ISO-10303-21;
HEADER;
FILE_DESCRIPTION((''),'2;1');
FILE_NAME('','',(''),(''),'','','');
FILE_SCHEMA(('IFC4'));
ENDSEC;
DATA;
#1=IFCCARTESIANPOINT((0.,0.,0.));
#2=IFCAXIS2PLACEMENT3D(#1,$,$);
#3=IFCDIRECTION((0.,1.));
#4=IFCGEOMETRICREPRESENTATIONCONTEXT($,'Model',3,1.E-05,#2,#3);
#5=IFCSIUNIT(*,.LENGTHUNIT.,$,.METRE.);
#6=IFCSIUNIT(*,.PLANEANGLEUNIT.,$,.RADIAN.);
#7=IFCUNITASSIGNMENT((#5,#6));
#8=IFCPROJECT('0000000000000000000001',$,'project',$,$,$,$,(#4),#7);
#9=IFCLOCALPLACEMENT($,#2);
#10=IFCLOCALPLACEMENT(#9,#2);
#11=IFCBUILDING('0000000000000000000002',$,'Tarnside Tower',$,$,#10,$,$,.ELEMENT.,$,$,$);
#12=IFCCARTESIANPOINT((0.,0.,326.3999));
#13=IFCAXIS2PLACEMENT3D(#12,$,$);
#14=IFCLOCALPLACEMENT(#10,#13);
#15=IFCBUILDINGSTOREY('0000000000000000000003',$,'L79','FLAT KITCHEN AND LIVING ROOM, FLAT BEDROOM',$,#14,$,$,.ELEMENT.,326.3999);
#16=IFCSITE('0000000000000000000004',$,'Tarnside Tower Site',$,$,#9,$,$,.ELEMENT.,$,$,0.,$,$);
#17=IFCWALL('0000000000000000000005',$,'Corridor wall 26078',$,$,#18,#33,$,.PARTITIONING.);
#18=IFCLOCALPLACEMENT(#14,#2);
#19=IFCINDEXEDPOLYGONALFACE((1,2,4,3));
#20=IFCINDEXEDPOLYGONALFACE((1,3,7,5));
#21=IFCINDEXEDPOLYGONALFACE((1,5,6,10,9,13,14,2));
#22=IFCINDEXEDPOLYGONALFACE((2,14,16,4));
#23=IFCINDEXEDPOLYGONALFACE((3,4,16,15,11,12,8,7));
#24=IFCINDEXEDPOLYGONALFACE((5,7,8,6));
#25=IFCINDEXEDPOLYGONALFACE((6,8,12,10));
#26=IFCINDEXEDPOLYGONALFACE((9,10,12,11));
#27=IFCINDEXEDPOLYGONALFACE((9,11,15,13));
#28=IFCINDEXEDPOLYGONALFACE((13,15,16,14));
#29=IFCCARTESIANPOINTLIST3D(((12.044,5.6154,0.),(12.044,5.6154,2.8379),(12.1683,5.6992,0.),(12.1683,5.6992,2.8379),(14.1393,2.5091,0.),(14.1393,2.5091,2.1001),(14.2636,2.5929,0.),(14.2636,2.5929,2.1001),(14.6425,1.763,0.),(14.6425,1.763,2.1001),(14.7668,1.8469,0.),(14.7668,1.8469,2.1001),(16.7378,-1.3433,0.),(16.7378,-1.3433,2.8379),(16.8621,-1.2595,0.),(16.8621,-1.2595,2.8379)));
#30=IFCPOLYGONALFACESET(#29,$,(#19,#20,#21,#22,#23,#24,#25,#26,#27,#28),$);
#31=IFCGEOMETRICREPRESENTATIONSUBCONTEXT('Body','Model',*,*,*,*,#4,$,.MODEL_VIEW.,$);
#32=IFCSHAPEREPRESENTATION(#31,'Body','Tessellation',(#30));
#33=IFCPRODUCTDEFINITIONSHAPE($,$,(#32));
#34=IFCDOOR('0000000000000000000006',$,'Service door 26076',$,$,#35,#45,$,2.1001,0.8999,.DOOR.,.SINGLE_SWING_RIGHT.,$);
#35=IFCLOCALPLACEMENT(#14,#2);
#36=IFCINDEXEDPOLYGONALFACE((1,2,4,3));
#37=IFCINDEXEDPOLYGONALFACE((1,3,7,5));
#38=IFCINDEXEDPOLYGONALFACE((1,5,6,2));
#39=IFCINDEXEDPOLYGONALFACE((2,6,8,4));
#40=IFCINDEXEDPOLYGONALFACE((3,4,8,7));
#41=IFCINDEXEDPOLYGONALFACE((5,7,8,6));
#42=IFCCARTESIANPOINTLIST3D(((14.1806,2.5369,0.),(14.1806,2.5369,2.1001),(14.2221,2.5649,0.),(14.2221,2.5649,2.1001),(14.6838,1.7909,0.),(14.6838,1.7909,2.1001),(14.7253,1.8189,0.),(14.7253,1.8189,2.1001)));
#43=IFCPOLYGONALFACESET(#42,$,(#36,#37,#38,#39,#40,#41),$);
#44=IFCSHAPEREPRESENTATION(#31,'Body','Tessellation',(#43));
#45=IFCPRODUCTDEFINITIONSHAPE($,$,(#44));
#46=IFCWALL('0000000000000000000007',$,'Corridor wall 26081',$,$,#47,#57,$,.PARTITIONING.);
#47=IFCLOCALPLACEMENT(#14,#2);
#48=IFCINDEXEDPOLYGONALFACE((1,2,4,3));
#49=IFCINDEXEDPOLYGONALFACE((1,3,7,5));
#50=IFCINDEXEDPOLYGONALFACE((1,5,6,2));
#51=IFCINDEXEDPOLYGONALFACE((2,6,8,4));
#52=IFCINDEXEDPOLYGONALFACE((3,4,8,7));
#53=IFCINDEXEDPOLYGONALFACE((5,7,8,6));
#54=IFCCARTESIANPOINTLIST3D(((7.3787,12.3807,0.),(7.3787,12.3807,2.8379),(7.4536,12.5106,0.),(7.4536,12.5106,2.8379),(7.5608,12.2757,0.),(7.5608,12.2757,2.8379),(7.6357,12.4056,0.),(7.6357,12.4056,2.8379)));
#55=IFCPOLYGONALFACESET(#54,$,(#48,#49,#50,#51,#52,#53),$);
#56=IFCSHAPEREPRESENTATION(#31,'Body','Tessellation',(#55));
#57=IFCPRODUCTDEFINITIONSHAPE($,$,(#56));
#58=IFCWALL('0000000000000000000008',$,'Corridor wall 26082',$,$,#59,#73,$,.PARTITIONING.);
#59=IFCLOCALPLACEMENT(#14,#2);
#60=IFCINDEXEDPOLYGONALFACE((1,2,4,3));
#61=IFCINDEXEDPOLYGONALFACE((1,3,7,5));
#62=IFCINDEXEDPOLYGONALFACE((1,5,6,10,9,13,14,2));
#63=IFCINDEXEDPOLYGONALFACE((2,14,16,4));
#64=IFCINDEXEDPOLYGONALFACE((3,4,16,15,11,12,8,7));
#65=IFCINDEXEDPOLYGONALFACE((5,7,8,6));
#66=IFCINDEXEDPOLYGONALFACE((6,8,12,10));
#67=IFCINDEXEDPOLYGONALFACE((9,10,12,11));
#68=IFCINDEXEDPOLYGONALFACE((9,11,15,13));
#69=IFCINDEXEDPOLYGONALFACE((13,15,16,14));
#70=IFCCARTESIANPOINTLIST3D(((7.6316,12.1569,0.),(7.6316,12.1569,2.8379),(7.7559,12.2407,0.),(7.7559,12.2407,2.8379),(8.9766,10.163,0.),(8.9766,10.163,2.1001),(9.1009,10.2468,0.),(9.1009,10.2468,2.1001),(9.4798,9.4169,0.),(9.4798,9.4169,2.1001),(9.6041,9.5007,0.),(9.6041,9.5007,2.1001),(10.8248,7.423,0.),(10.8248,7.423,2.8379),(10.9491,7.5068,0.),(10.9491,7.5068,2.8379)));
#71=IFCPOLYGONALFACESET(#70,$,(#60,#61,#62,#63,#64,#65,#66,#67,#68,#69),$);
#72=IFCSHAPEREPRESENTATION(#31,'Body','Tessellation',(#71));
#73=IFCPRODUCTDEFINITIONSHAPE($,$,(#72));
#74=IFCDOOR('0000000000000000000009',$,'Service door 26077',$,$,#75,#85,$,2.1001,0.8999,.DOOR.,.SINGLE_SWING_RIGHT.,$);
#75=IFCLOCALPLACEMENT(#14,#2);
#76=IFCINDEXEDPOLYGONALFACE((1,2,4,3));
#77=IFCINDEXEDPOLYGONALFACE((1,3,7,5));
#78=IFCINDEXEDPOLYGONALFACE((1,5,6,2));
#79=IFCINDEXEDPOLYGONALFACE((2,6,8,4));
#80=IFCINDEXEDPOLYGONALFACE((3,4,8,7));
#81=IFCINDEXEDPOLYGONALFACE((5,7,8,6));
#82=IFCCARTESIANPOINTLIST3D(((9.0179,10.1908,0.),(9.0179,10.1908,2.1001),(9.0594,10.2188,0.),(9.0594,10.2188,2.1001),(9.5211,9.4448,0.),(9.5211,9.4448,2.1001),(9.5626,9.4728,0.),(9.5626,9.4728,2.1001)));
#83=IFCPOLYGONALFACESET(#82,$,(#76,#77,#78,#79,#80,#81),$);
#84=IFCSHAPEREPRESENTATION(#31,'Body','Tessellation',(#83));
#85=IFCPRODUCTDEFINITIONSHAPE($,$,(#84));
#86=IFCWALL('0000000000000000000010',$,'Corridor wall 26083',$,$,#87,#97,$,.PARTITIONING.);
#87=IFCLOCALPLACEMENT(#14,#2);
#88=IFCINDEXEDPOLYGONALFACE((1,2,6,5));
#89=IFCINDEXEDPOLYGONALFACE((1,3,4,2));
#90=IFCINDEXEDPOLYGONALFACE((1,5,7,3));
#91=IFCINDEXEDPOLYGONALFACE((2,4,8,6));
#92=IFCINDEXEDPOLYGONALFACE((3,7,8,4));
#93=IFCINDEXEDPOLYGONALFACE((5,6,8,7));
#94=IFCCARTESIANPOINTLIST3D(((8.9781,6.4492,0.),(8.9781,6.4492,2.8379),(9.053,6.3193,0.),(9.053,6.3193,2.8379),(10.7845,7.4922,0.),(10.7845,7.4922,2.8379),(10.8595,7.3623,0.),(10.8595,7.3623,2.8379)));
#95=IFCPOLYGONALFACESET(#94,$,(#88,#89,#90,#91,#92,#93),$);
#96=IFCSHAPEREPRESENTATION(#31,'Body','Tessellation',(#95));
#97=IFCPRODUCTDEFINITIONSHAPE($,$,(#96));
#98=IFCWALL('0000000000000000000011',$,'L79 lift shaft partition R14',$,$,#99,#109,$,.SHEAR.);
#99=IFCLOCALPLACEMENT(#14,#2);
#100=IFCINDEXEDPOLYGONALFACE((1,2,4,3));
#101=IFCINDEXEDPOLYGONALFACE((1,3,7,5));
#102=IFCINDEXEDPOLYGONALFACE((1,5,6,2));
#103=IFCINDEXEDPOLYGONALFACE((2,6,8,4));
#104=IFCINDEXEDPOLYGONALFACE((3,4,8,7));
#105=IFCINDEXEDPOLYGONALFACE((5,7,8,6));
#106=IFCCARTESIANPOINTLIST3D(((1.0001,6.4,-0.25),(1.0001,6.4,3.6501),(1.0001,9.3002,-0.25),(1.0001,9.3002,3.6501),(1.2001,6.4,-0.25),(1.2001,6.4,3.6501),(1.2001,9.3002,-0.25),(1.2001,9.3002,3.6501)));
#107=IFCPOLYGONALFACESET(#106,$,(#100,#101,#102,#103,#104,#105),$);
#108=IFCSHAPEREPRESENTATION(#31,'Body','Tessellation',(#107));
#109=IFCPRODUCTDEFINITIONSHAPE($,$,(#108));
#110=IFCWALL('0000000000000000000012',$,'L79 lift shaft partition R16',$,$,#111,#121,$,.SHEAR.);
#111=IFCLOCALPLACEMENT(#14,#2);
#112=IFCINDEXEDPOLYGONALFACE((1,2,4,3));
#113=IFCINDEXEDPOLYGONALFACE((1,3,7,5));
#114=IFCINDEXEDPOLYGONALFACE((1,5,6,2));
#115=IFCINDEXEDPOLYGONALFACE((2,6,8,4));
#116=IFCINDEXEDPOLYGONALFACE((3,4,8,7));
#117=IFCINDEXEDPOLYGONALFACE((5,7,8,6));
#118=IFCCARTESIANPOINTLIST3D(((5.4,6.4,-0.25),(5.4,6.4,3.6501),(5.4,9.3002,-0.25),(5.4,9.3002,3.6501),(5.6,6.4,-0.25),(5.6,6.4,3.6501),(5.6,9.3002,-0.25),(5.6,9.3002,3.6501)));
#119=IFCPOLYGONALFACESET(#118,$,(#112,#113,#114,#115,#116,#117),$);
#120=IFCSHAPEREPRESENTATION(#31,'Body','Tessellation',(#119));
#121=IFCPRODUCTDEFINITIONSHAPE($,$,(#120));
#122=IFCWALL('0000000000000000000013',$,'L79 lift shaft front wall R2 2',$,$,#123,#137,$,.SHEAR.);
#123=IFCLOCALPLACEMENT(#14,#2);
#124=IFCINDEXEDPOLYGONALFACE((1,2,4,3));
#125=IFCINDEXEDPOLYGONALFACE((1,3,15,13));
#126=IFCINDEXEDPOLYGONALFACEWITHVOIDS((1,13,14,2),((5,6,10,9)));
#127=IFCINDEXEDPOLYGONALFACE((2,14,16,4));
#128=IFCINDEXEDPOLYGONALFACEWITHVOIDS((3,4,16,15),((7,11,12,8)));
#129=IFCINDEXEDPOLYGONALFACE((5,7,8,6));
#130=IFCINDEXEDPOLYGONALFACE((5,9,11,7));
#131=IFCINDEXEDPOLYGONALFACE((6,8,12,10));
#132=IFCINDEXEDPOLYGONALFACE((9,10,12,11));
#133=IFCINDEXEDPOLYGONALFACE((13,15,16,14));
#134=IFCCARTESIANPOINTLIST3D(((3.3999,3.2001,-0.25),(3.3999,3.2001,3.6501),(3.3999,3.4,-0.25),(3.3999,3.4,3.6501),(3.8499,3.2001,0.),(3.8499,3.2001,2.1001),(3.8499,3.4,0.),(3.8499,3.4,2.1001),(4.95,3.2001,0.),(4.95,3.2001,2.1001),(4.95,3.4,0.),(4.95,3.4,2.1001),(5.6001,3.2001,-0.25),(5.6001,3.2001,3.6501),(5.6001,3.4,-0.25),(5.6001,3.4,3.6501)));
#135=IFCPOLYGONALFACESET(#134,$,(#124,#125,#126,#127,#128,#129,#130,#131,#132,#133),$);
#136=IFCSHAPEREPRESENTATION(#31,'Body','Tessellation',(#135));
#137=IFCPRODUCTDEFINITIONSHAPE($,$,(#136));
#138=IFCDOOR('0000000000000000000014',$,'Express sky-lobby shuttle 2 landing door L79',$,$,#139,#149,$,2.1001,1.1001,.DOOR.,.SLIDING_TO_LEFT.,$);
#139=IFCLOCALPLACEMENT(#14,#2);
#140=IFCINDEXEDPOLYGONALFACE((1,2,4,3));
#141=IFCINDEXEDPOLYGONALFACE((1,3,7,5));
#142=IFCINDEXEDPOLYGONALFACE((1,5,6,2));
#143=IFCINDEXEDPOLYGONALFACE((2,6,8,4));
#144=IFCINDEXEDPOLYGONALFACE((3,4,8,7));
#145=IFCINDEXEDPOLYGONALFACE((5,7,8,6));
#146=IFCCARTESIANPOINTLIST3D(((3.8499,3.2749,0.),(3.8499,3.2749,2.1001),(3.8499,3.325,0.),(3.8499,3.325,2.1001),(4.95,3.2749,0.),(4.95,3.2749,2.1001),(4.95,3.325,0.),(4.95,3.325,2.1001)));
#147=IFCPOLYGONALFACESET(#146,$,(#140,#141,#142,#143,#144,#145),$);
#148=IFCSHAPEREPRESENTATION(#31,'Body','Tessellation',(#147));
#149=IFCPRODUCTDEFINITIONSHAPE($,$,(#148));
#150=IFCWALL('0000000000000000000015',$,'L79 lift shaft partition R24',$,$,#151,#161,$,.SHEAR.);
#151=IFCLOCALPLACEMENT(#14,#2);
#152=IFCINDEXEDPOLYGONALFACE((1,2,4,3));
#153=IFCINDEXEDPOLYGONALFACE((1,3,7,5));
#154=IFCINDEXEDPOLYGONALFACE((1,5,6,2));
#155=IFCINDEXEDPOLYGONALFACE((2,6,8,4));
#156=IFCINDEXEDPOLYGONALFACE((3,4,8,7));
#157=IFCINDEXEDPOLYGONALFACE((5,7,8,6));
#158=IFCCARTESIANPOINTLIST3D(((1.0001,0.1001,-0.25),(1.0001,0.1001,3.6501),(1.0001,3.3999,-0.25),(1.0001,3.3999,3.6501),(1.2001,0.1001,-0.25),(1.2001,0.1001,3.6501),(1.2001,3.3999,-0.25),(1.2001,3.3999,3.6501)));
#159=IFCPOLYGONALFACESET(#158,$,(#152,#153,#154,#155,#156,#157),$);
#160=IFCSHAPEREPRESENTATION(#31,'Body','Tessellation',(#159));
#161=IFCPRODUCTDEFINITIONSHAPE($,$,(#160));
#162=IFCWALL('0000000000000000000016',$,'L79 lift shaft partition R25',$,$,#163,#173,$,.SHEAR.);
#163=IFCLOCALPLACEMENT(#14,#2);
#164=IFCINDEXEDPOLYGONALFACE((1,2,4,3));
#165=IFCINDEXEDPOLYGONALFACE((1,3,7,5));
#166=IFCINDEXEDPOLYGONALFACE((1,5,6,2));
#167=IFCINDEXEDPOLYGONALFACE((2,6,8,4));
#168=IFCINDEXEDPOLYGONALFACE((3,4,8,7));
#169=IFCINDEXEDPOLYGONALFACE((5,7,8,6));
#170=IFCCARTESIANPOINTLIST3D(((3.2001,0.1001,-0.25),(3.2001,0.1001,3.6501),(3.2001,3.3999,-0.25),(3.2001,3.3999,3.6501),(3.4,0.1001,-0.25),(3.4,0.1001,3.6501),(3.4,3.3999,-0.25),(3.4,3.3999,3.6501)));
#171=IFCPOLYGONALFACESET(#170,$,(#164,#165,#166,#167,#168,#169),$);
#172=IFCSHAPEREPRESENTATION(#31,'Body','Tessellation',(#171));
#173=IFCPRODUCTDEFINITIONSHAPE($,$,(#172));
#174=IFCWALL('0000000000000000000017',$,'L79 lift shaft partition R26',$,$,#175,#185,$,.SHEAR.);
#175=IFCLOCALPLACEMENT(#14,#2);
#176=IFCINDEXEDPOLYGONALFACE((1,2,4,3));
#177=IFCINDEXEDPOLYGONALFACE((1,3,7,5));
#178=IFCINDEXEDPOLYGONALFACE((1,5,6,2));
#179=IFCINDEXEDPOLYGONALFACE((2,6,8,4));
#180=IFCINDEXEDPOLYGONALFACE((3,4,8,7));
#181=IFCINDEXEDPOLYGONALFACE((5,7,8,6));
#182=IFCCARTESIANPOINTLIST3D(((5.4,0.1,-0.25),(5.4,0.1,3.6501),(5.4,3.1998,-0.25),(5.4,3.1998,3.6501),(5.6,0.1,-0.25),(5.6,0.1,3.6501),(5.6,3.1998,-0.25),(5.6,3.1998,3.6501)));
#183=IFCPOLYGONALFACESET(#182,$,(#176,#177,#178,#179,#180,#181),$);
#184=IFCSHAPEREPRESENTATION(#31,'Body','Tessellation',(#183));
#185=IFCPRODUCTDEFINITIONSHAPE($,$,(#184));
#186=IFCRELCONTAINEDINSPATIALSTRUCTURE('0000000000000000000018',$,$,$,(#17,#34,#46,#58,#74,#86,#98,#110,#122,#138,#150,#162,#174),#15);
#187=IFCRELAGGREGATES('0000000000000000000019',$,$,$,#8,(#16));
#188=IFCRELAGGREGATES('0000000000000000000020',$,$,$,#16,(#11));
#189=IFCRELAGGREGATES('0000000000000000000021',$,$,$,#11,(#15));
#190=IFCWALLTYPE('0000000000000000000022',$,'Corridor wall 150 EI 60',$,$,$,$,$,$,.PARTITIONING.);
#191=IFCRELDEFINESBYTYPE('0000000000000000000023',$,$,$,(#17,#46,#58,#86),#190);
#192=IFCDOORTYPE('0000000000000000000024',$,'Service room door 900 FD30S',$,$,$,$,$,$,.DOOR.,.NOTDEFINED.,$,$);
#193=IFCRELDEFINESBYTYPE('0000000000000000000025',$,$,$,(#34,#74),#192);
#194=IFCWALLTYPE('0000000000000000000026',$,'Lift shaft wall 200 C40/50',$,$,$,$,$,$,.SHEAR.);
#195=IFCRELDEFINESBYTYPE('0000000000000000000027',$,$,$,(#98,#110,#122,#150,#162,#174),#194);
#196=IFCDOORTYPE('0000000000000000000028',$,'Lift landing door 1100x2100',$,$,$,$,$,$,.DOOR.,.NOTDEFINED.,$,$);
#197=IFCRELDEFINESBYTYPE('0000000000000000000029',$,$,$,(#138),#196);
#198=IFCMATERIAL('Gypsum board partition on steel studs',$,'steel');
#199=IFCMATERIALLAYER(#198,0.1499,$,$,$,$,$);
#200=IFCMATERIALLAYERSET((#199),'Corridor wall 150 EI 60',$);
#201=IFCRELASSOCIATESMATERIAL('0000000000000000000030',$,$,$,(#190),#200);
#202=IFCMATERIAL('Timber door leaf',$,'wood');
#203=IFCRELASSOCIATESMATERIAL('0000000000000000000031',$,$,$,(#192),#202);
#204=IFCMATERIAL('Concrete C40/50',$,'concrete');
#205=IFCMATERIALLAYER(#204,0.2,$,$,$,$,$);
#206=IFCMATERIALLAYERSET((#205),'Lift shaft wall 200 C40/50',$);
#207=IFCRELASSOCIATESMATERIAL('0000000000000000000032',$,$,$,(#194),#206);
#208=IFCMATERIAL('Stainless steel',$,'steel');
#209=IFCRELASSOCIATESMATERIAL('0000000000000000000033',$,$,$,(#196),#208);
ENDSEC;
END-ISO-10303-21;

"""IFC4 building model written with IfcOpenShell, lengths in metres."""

from ifc_helpers import new_model, si_unit, direction, frame, frame_2d, origin, place, context, subcontext, project, spatial, rectangle, extrude, material, layer, layer_set, type_object, element, fill, save


model = new_model("IFC4")

# Units and contexts
model_context = context("Model", 3, precision=1e-05, world=origin(), true_north=direction((0.0, 1.0)))
body_context = subcontext(model_context, "Body", "Model", "MODEL_VIEW")
ifc_project = project(units=[si_unit("LENGTHUNIT", "METRE"), si_unit("PLANEANGLEUNIT", "RADIAN")], contexts=[model_context])

# Site, building, storey
site_placement = place(None, origin())
site = spatial("IfcSite", under=ifc_project, at=site_placement, Name="Tarnside Tower Site", CompositionType="ELEMENT", RefElevation=0.0)
building_placement = place(site_placement, origin())
building = spatial("IfcBuilding", under=site, at=building_placement, Name="Tarnside Tower", CompositionType="ELEMENT")
storey_placement = place(building_placement, frame((0.0, 0.0, 326.3999)))
storey = spatial("IfcBuildingStorey", under=building, at=storey_placement, Name="L79", Description="FLAT KITCHEN AND LIVING ROOM, FLAT BEDROOM", CompositionType="ELEMENT", Elevation=326.3999)

# Shared definitions
ifc_material_1 = material(Name="Concrete C40/50", Category="concrete")

# Shared definitions
ifc_material_2 = material(Name="Gypsum board partition on steel studs", Category="steel")

# Shared definitions
ifc_layer_1 = layer(ifc_material_2, 0.1499)
ifc_layer_set_1 = layer_set([ifc_layer_1], Name="Corridor wall 150 EI 60")
wall_type_1 = type_object("IfcWallType", Name="Corridor wall 150 EI 60", PredefinedType="PARTITIONING", material=ifc_layer_set_1)

# Wall, opening, door
wall_1_placement = place(storey_placement, frame((12.1062, 5.6572, 0.0), z_axis=(0.0, 0.0, 1.0), x_axis=(0.559203, -0.829031, 0.0)))
wall_1 = element("IfcWall", 1, at=wall_1_placement, inside=storey, type_object=wall_type_1, Name="Corridor wall 26078", PredefinedType="PARTITIONING", context=body_context, shape_type="SweptSolid", body=[
    extrude(rectangle(XDim=8.3938, YDim=0.1499, at=frame_2d((4.1968, 0.0))), origin(), (0.0, 0.0, 1.0), 2.8379),
])
opening_1_placement = place(wall_1_placement, frame((3.7468, 0.0, 0.0)))
opening_1 = element("IfcOpeningElement", 2, at=opening_1_placement, cuts=wall_1, PredefinedType="OPENING", context=body_context, shape_type="SweptSolid", body=[
    extrude(rectangle(XDim=0.8999, YDim=2.1001, at=frame_2d((0.45, 1.05))), frame((0.0, 0.085, 0.0), z_axis=(0.0, -1.0, 0.0), x_axis=(1.0, 0.0, 0.0)), (0.0, 0.0, 1.0), 0.1699),
])
ifc_material_3 = material(Name="Timber door leaf", Category="wood")
door_type_1 = type_object("IfcDoorType", Name="Service room door 900 FD30S", OperationType="NOTDEFINED", PredefinedType="DOOR", material=ifc_material_3)
door_1_placement = place(opening_1_placement, origin())
door_1 = element("IfcDoor", 3, at=door_1_placement, inside=storey, type_object=door_type_1, Name="Service door 26076", OperationType="SINGLE_SWING_RIGHT", OverallHeight=2.1001, OverallWidth=0.8999, PredefinedType="DOOR", context=body_context, shape_type="SweptSolid", body=[
    extrude(rectangle(XDim=0.8999, YDim=2.1001, at=frame_2d((0.45, 1.05))), frame((0.0, 0.0249, 0.0), z_axis=(0.0, -1.0, 0.0), x_axis=(1.0, 0.0, 0.0)), (0.0, 0.0, 1.0), 0.05),
])
fill(opening_1, door_1)

# Wall
wall_2_placement = place(storey_placement, frame((7.4163, 12.4456, 0.0), z_axis=(0.0, 0.0, 1.0), x_axis=(0.866379, -0.499387, 0.0)))
element("IfcWall", 4, at=wall_2_placement, inside=storey, type_object=wall_type_1, Name="Corridor wall 26081", PredefinedType="PARTITIONING", context=body_context, shape_type="SweptSolid", body=[
    extrude(rectangle(XDim=0.2102, YDim=0.1499, at=frame_2d((0.105, 0.0))), origin(), (0.0, 0.0, 1.0), 2.8379),
])

# Wall, opening, door
wall_3_placement = place(storey_placement, frame((7.6938, 12.1987, 0.0), z_axis=(0.0, 0.0, 1.0), x_axis=(0.559201, -0.829032, 0.0)))
wall_3 = element("IfcWall", 5, at=wall_3_placement, inside=storey, type_object=wall_type_1, Name="Corridor wall 26082", PredefinedType="PARTITIONING", context=body_context, shape_type="SweptSolid", body=[
    extrude(rectangle(XDim=5.7102, YDim=0.1499, at=frame_2d((2.855, 0.0))), origin(), (0.0, 0.0, 1.0), 2.8379),
])
opening_2_placement = place(wall_3_placement, frame((2.405, 0.0, 0.0)))
opening_2 = element("IfcOpeningElement", 6, at=opening_2_placement, cuts=wall_3, PredefinedType="OPENING", context=body_context, shape_type="SweptSolid", body=[
    extrude(rectangle(XDim=0.8999, YDim=2.1001, at=frame_2d((0.45, 1.05))), frame((0.0, 0.085, 0.0), z_axis=(0.0, -1.0, 0.0), x_axis=(1.0, 0.0, 0.0)), (0.0, 0.0, 1.0), 0.1699),
])
door_2_placement = place(opening_2_placement, origin())
door_2 = element("IfcDoor", 7, at=door_2_placement, inside=storey, type_object=door_type_1, Name="Service door 26077", OperationType="SINGLE_SWING_RIGHT", OverallHeight=2.1001, OverallWidth=0.8999, PredefinedType="DOOR", context=body_context, shape_type="SweptSolid", body=[
    extrude(rectangle(XDim=0.8999, YDim=2.1001, at=frame_2d((0.45, 1.05))), frame((0.0, 0.0249, 0.0), z_axis=(0.0, -1.0, 0.0), x_axis=(1.0, 0.0, 0.0)), (0.0, 0.0, 1.0), 0.05),
])
fill(opening_2, door_2)

# Walls
wall_4_placement = place(storey_placement, frame((10.822, 7.4272, 0.0), z_axis=(0.0, 0.0, 1.0), x_axis=(-0.866016, -0.500016, 0.0)))
element("IfcWall", 8, at=wall_4_placement, inside=storey, type_object=wall_type_1, Name="Corridor wall 26083", PredefinedType="PARTITIONING", context=body_context, shape_type="SweptSolid", body=[
    extrude(rectangle(XDim=2.0859, YDim=0.1499, at=frame_2d((1.043, 0.0))), origin(), (0.0, 0.0, 1.0), 2.8379),
])
ifc_layer_2 = layer(ifc_material_1, 0.2)
ifc_layer_set_2 = layer_set([ifc_layer_2], Name="Lift shaft wall 200 C40/50")
wall_type_2 = type_object("IfcWallType", Name="Lift shaft wall 200 C40/50", PredefinedType="SHEAR", material=ifc_layer_set_2)
for number, where, z_axis, x_axis, name in (
    (9, (1.1001, 6.3999, -0.25), (0.0, 0.0, 1.0), (0.0, 1.0, 0.0), "L79 lift shaft partition R14"),
    (10, (5.5, 6.3999, -0.25), (0.0, 0.0, 1.0), (0.0, 1.0, 0.0), "L79 lift shaft partition R16"),
):
    element("IfcWall", number, at=place(storey_placement, frame(where, z_axis=z_axis, x_axis=x_axis)), inside=storey, type_object=wall_type_2, Name=name, PredefinedType="SHEAR", context=body_context, shape_type="SweptSolid", body=[
        extrude(rectangle(XDim=2.9001, YDim=0.2, at=frame_2d((1.4502, 0.0))), origin(), (0.0, 0.0, 1.0), 3.9001),
    ])

# Wall, opening, door
wall_5_placement = place(storey_placement, frame((3.3999, 3.3, -0.25), z_axis=(0.0, 0.0, 1.0), x_axis=(1.0, 0.0, 0.0)))
wall_5 = element("IfcWall", 11, at=wall_5_placement, inside=storey, type_object=wall_type_2, Name="L79 lift shaft front wall R2 2", PredefinedType="SHEAR", context=body_context, shape_type="SweptSolid", body=[
    extrude(rectangle(XDim=2.2002, YDim=0.2, at=frame_2d((1.1001, 0.0))), origin(), (0.0, 0.0, 1.0), 3.9001),
])
opening_3_placement = place(wall_5_placement, frame((0.45, 0.0, 0.25)))
opening_3 = element("IfcOpeningElement", 12, at=opening_3_placement, cuts=wall_5, PredefinedType="OPENING", context=body_context, shape_type="SweptSolid", body=[
    extrude(rectangle(XDim=1.1001, YDim=2.1001, at=frame_2d((0.55, 1.05))), frame((0.0, 0.1099, 0.0), z_axis=(0.0, -1.0, 0.0), x_axis=(1.0, 0.0, 0.0)), (0.0, 0.0, 1.0), 0.22),
])
ifc_material_4 = material(Name="Stainless steel", Category="steel")
door_type_2 = type_object("IfcDoorType", Name="Lift landing door 1100x2100", OperationType="NOTDEFINED", PredefinedType="DOOR", material=ifc_material_4)
door_3_placement = place(opening_3_placement, origin())
door_3 = element("IfcDoor", 13, at=door_3_placement, inside=storey, type_object=door_type_2, Name="Express sky-lobby shuttle 2 landing door L79", OperationType="SLIDING_TO_LEFT", OverallHeight=2.1001, OverallWidth=1.1001, PredefinedType="DOOR", context=body_context, shape_type="SweptSolid", body=[
    extrude(rectangle(XDim=1.1001, YDim=2.1001, at=frame_2d((0.55, 1.05))), frame((0.0, 0.0249, 0.0), z_axis=(0.0, -1.0, 0.0), x_axis=(1.0, 0.0, 0.0)), (0.0, 0.0, 1.0), 0.05),
])
fill(opening_3, door_3)

# Walls
for number, where, z_axis, x_axis, name in (
    (14, (1.1001, 0.1001, -0.25), (0.0, 0.0, 1.0), (0.0, 1.0, 0.0), "L79 lift shaft partition R24"),
    (15, (3.3, 0.1001, -0.25), (0.0, 0.0, 1.0), (0.0, 1.0, 0.0), "L79 lift shaft partition R25"),
):
    element("IfcWall", number, at=place(storey_placement, frame(where, z_axis=z_axis, x_axis=x_axis)), inside=storey, type_object=wall_type_2, Name=name, PredefinedType="SHEAR", context=body_context, shape_type="SweptSolid", body=[
        extrude(rectangle(XDim=3.2998, YDim=0.2, at=frame_2d((1.6499, 0.0))), origin(), (0.0, 0.0, 1.0), 3.9001),
    ])
wall_6_placement = place(storey_placement, frame((5.5, 0.1001, -0.25), z_axis=(0.0, 0.0, 1.0), x_axis=(0.0, 1.0, 0.0)))
element("IfcWall", 16, at=wall_6_placement, inside=storey, type_object=wall_type_2, Name="L79 lift shaft partition R26", PredefinedType="SHEAR", context=body_context, shape_type="SweptSolid", body=[
    extrude(rectangle(XDim=3.0999, YDim=0.2, at=frame_2d((1.5498, 0.0))), origin(), (0.0, 0.0, 1.0), 3.9001),
])

save(model, "model.ifc")
